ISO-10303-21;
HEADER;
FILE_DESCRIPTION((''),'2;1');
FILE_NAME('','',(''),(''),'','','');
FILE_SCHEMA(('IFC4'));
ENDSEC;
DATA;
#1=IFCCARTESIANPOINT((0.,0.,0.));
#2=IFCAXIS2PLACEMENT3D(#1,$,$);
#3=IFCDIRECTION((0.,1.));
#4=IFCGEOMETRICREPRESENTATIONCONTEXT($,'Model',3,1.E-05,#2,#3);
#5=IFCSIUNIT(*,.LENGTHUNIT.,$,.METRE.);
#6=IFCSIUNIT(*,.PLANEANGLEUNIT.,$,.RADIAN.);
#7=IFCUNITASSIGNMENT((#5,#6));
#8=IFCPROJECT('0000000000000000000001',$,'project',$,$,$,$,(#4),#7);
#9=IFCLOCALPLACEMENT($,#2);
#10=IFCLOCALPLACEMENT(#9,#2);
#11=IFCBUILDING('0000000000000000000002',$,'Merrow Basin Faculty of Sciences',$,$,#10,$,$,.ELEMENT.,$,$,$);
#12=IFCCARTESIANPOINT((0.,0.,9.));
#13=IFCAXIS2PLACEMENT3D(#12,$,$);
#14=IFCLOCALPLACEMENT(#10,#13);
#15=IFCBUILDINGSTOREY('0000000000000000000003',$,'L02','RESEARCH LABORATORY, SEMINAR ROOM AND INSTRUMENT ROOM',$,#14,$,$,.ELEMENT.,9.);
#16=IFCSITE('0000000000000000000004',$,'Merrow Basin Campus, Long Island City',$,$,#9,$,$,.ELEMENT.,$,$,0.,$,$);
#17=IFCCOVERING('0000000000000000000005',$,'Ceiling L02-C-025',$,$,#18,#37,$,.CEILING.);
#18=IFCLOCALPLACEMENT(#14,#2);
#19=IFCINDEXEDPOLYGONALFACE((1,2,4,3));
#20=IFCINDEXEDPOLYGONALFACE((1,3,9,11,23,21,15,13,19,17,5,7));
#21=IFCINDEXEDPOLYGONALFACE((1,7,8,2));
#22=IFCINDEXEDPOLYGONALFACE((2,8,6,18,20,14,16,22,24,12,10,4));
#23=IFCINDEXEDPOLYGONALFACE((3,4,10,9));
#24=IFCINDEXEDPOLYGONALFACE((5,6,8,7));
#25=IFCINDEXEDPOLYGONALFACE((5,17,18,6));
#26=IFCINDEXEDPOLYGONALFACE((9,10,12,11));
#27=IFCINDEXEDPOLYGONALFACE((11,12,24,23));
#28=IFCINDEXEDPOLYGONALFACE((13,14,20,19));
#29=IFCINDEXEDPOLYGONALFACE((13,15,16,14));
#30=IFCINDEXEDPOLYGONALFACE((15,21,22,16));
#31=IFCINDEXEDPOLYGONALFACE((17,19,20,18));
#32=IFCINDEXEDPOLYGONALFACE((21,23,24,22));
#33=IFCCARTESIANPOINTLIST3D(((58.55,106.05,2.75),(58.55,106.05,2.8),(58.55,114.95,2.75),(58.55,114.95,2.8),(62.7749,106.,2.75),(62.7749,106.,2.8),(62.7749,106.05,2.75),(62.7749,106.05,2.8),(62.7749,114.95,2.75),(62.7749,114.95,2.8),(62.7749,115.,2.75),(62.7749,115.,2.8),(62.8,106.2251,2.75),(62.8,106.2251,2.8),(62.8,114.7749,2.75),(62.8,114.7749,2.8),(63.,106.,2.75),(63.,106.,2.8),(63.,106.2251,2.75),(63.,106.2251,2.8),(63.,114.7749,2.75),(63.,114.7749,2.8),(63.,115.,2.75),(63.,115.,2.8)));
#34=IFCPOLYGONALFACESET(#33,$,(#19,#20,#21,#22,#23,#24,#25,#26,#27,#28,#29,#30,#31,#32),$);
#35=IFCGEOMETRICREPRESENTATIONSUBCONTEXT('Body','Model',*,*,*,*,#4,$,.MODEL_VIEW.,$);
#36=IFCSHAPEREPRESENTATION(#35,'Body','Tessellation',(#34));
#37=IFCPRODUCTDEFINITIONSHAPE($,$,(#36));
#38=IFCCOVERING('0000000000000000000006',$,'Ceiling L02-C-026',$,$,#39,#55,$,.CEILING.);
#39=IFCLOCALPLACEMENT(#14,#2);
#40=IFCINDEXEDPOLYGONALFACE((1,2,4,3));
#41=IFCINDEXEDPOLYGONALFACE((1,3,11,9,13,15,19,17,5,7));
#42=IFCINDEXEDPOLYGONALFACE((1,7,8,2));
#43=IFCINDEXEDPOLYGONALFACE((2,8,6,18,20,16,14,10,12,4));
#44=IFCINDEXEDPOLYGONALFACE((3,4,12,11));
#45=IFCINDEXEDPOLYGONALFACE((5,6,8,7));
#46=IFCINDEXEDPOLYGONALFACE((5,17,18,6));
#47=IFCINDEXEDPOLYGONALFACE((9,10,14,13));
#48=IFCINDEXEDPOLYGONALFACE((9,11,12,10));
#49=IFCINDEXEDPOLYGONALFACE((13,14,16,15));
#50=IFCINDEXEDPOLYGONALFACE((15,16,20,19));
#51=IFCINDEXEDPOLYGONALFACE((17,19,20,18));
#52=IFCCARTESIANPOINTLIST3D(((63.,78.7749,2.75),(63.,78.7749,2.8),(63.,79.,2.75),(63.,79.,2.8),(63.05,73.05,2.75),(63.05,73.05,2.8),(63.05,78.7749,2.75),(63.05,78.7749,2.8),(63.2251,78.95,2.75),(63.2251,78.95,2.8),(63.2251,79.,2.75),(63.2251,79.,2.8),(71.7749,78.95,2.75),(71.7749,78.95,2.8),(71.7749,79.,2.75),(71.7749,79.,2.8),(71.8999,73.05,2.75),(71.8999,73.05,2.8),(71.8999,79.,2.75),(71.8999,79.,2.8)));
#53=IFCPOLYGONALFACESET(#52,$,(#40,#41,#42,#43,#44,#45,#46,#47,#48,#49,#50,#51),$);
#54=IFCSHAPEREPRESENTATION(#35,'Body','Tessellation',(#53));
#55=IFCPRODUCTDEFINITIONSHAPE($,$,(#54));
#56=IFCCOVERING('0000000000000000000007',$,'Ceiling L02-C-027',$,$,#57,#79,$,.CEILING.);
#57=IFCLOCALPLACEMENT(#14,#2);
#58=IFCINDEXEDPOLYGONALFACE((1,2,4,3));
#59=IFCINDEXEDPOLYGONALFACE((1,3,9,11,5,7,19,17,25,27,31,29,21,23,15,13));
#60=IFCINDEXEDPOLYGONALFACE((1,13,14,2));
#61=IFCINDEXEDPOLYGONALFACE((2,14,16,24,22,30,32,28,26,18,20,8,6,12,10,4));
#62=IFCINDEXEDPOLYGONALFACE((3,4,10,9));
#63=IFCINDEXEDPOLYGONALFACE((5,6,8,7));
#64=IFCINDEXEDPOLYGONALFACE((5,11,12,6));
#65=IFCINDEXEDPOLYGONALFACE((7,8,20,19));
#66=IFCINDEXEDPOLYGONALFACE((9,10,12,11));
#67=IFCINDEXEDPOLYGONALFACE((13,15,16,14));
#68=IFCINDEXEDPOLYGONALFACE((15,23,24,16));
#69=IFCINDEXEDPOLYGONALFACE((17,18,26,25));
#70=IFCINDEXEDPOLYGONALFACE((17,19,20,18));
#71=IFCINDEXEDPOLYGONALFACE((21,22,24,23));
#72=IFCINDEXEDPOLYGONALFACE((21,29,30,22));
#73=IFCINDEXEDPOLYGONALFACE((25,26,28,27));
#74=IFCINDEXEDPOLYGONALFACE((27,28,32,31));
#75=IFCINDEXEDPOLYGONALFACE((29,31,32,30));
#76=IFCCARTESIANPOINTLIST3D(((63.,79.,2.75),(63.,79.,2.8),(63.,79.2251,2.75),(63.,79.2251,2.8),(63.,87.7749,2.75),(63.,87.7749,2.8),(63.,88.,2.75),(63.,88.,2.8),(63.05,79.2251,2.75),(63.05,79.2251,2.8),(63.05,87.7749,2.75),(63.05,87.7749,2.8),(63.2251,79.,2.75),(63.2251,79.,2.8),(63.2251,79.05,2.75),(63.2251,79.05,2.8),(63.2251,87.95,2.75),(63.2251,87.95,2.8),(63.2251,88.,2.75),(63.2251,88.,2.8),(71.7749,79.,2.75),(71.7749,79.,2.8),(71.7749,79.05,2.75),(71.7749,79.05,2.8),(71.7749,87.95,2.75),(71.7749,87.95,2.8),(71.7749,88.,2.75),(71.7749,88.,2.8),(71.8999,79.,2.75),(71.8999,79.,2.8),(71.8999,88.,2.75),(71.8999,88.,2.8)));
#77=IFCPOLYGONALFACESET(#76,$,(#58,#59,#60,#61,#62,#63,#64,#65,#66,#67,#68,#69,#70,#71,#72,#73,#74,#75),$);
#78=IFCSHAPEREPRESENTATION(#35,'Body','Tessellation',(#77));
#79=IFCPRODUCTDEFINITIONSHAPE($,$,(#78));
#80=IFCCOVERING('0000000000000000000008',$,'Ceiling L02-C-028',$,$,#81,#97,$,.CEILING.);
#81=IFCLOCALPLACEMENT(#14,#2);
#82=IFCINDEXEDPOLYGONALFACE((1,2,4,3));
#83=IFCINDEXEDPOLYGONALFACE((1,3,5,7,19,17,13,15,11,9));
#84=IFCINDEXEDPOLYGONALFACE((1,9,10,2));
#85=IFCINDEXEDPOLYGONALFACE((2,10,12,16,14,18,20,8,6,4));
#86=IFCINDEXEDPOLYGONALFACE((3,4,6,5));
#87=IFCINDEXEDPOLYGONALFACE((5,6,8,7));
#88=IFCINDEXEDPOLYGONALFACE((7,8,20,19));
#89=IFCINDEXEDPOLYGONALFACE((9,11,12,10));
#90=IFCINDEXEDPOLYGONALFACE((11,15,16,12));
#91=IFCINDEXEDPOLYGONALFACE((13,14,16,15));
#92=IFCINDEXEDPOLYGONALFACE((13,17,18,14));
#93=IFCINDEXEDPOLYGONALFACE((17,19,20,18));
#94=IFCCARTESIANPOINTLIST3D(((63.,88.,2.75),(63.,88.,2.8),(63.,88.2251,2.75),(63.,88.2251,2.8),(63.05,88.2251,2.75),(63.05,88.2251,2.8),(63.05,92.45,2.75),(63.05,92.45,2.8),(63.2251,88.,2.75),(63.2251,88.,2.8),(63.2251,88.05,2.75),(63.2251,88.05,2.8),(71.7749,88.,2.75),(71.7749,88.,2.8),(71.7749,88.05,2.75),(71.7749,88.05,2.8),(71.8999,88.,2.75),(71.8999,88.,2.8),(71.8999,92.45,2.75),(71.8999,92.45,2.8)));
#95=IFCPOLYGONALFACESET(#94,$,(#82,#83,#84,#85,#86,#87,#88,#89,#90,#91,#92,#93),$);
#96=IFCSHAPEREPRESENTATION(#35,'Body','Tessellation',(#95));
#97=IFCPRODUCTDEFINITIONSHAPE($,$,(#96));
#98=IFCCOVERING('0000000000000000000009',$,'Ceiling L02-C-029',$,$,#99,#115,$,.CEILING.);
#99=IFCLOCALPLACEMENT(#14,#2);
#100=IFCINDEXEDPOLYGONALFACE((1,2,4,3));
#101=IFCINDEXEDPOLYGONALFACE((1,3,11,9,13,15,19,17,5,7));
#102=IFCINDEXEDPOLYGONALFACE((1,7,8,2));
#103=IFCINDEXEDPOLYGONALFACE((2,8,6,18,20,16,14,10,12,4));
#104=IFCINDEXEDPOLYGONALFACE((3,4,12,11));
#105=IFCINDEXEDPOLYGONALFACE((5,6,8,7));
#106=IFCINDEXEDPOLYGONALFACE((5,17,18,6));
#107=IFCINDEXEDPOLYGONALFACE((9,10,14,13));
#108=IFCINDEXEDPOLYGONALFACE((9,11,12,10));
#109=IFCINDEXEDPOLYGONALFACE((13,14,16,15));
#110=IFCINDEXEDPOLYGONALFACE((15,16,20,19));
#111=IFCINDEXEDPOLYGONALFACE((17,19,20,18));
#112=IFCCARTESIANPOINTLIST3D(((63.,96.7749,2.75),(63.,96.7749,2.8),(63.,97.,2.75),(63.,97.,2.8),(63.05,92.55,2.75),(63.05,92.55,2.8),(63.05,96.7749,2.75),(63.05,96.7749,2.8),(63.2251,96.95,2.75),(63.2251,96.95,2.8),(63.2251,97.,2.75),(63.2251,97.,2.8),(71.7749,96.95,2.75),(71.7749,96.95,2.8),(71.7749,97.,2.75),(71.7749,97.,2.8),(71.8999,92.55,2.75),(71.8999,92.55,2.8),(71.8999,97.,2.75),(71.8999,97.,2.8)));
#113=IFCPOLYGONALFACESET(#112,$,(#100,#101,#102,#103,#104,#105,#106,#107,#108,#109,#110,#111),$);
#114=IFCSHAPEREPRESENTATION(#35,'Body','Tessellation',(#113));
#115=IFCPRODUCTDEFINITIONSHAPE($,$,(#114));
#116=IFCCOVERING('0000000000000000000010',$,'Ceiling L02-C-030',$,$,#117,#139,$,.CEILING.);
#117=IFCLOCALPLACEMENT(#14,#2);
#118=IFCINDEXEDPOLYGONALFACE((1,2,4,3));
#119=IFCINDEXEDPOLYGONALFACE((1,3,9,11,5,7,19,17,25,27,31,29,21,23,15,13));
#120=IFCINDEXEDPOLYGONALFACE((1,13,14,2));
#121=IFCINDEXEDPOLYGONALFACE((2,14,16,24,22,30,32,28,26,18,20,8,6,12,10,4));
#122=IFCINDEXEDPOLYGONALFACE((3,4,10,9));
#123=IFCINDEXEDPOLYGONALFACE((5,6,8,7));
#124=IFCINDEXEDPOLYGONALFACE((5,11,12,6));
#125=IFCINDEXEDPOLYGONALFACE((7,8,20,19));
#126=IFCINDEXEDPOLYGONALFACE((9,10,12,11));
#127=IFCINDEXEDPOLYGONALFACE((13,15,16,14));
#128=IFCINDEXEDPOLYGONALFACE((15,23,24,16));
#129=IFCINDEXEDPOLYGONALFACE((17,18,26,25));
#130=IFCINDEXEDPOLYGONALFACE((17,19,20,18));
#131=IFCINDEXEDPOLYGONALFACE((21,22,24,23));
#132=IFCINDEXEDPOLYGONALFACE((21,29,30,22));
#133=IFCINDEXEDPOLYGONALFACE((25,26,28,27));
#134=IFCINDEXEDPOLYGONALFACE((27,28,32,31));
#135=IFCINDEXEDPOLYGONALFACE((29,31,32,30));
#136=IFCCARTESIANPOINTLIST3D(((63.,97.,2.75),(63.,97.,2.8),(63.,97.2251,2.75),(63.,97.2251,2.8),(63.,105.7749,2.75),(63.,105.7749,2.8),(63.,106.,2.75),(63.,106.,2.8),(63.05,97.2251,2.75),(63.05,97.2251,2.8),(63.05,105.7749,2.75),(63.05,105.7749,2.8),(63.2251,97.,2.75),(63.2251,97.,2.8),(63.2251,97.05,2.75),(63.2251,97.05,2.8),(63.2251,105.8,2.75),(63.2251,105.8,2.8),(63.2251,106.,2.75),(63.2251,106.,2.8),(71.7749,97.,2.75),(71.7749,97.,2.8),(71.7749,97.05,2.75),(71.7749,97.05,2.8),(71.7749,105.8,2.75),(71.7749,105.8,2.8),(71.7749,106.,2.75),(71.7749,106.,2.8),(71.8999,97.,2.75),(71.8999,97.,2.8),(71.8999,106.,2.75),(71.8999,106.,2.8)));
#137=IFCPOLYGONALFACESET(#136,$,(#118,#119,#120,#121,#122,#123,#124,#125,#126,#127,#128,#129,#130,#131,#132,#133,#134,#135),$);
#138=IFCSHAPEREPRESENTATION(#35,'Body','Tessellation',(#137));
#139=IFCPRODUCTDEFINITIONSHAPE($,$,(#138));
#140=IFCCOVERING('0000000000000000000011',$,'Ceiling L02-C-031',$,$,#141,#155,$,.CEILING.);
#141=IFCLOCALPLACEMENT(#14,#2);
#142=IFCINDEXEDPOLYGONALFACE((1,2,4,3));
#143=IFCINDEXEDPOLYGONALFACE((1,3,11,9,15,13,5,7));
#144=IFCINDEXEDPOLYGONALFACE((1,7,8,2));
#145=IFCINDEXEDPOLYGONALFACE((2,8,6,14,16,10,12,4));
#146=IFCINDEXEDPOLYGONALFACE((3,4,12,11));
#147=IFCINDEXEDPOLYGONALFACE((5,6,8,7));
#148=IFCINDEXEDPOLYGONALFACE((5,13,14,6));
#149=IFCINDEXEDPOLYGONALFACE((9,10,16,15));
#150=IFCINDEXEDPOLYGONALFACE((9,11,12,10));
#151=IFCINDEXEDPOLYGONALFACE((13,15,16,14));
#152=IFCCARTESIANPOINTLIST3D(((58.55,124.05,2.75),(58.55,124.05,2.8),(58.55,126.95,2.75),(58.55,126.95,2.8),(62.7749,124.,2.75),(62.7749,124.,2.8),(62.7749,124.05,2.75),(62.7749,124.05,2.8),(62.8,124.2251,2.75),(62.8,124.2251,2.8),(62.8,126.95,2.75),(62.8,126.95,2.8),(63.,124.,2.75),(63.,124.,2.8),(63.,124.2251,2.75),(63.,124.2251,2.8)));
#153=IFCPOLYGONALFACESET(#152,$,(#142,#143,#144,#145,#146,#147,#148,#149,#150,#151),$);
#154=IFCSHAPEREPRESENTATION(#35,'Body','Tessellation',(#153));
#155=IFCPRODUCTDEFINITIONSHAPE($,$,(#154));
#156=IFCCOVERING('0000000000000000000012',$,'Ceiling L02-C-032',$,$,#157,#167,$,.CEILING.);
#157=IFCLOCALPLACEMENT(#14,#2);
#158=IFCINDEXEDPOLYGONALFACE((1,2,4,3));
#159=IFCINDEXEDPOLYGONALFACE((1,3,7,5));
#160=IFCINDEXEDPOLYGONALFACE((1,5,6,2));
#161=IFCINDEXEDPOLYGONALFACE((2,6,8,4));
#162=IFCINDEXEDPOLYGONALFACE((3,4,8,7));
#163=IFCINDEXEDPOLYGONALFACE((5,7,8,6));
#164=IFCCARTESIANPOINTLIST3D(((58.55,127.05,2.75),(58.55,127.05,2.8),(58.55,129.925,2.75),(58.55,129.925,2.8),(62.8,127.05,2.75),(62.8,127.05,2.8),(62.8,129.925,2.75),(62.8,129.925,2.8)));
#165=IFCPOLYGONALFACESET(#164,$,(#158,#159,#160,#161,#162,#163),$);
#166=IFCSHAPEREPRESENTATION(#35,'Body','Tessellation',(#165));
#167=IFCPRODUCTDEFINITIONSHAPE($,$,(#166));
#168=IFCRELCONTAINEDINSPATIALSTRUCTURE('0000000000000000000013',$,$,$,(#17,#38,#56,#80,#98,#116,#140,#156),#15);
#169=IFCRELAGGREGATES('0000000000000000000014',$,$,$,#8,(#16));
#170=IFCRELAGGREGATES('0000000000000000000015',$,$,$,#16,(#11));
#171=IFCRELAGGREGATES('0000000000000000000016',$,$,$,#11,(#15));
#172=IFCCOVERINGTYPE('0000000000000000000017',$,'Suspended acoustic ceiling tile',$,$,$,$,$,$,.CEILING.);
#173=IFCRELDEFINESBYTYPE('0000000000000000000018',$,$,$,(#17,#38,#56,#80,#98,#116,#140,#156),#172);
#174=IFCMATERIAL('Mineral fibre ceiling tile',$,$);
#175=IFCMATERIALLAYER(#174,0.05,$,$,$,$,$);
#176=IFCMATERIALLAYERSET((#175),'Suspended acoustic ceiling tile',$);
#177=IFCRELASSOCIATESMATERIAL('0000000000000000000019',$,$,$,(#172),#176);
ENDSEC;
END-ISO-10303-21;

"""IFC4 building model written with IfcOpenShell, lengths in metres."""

from ifc_helpers import new_model, si_unit, direction, frame, origin, place, context, subcontext, project, spatial, polyline, outline, extrude, material, layer, layer_set, type_object, element, save


model = new_model("IFC4")

# Units and contexts
model_context = context("Model", 3, precision=1e-05, world=origin(), true_north=direction((0.0, 1.0)))
body_context = subcontext(model_context, "Body", "Model", "MODEL_VIEW")
ifc_project = project(units=[si_unit("LENGTHUNIT", "METRE"), si_unit("PLANEANGLEUNIT", "RADIAN")], contexts=[model_context])

# Site, building, storey
site_placement = place(None, origin())
site = spatial("IfcSite", under=ifc_project, at=site_placement, Name="Merrow Basin Campus, Long Island City", CompositionType="ELEMENT", RefElevation=0.0)
building_placement = place(site_placement, origin())
building = spatial("IfcBuilding", under=site, at=building_placement, Name="Merrow Basin Faculty of Sciences", CompositionType="ELEMENT")
storey_placement = place(building_placement, frame((0.0, 0.0, 9.0)))
storey = spatial("IfcBuildingStorey", under=building, at=storey_placement, Name="L02", Description="RESEARCH LABORATORY, SEMINAR ROOM AND INSTRUMENT ROOM", CompositionType="ELEMENT", Elevation=9.0)

# Coverings
ifc_material_1 = material(Name="Mineral fibre ceiling tile")
ifc_layer_1 = layer(ifc_material_1, 0.05)
ifc_layer_set_1 = layer_set([ifc_layer_1], Name="Suspended acoustic ceiling tile")
covering_type_1 = type_object("IfcCoveringType", Name="Suspended acoustic ceiling tile", PredefinedType="CEILING", material=ifc_layer_set_1)
covering_1_placement = place(storey_placement, frame((0.0, 0.0, 2.75)))
element("IfcCovering", 1, at=covering_1_placement, inside=storey, type_object=covering_type_1, Name="Ceiling L02-C-025", PredefinedType="CEILING", context=body_context, shape_type="SweptSolid", body=[
    extrude(outline(polyline([(63.0, 115.0), (63.0, 114.7749), (62.8, 114.7749), (62.8, 106.2251), (63.0, 106.2251), (63.0, 106.0), (62.7749, 106.0), (62.7749, 106.05), (58.55, 106.05), (58.55, 114.95), (62.7749, 114.95), (62.7749, 115.0), (63.0, 115.0)])), origin(), (0.0, 0.0, 1.0), 0.05),
])
covering_2_placement = place(storey_placement, frame((0.0, 0.0, 2.75)))
element("IfcCovering", 2, at=covering_2_placement, inside=storey, type_object=covering_type_1, Name="Ceiling L02-C-026", PredefinedType="CEILING", context=body_context, shape_type="SweptSolid", body=[
    extrude(outline(polyline([(63.0, 79.0), (63.2251, 79.0), (63.2251, 78.95), (71.7749, 78.95), (71.7749, 79.0), (71.8999, 79.0), (71.8999, 73.05), (63.05, 73.05), (63.05, 78.7749), (63.0, 78.7749), (63.0, 79.0)])), origin(), (0.0, 0.0, 1.0), 0.05),
])
covering_3_placement = place(storey_placement, frame((0.0, 0.0, 2.75)))
element("IfcCovering", 3, at=covering_3_placement, inside=storey, type_object=covering_type_1, Name="Ceiling L02-C-027", PredefinedType="CEILING", context=body_context, shape_type="SweptSolid", body=[
    extrude(outline(polyline([(63.0, 79.2251), (63.05, 79.2251), (63.05, 87.7749), (63.0, 87.7749), (63.0, 88.0), (63.2251, 88.0), (63.2251, 87.95), (71.7749, 87.95), (71.7749, 88.0), (71.8999, 88.0), (71.8999, 79.0), (71.7749, 79.0), (71.7749, 79.05), (63.2251, 79.05), (63.2251, 79.0), (63.0, 79.0), (63.0, 79.2251)])), origin(), (0.0, 0.0, 1.0), 0.05),
])
covering_4_placement = place(storey_placement, frame((0.0, 0.0, 2.75)))
element("IfcCovering", 4, at=covering_4_placement, inside=storey, type_object=covering_type_1, Name="Ceiling L02-C-028", PredefinedType="CEILING", context=body_context, shape_type="SweptSolid", body=[
    extrude(outline(polyline([(63.0, 88.2251), (63.05, 88.2251), (63.05, 92.45), (71.8999, 92.45), (71.8999, 88.0), (71.7749, 88.0), (71.7749, 88.05), (63.2251, 88.05), (63.2251, 88.0), (63.0, 88.0), (63.0, 88.2251)])), origin(), (0.0, 0.0, 1.0), 0.05),
])
covering_5_placement = place(storey_placement, frame((0.0, 0.0, 2.75)))
element("IfcCovering", 5, at=covering_5_placement, inside=storey, type_object=covering_type_1, Name="Ceiling L02-C-029", PredefinedType="CEILING", context=body_context, shape_type="SweptSolid", body=[
    extrude(outline(polyline([(63.0, 97.0), (63.2251, 97.0), (63.2251, 96.95), (71.7749, 96.95), (71.7749, 97.0), (71.8999, 97.0), (71.8999, 92.55), (63.05, 92.55), (63.05, 96.7749), (63.0, 96.7749), (63.0, 97.0)])), origin(), (0.0, 0.0, 1.0), 0.05),
])
covering_6_placement = place(storey_placement, frame((0.0, 0.0, 2.75)))
element("IfcCovering", 6, at=covering_6_placement, inside=storey, type_object=covering_type_1, Name="Ceiling L02-C-030", PredefinedType="CEILING", context=body_context, shape_type="SweptSolid", body=[
    extrude(outline(polyline([(63.0, 97.2251), (63.05, 97.2251), (63.05, 105.7749), (63.0, 105.7749), (63.0, 106.0), (63.2251, 106.0), (63.2251, 105.8), (71.7749, 105.8), (71.7749, 106.0), (71.8999, 106.0), (71.8999, 97.0), (71.7749, 97.0), (71.7749, 97.05), (63.2251, 97.05), (63.2251, 97.0), (63.0, 97.0), (63.0, 97.2251)])), origin(), (0.0, 0.0, 1.0), 0.05),
])
covering_7_placement = place(storey_placement, frame((0.0, 0.0, 2.75)))
element("IfcCovering", 7, at=covering_7_placement, inside=storey, type_object=covering_type_1, Name="Ceiling L02-C-031", PredefinedType="CEILING", context=body_context, shape_type="SweptSolid", body=[
    extrude(outline(polyline([(63.0, 124.0), (62.7749, 124.0), (62.7749, 124.05), (58.55, 124.05), (58.55, 126.95), (62.8, 126.95), (62.8, 124.2251), (63.0, 124.2251), (63.0, 124.0)])), origin(), (0.0, 0.0, 1.0), 0.05),
])
covering_8_placement = place(storey_placement, frame((0.0, 0.0, 2.75)))
element("IfcCovering", 8, at=covering_8_placement, inside=storey, type_object=covering_type_1, Name="Ceiling L02-C-032", PredefinedType="CEILING", context=body_context, shape_type="SweptSolid", body=[
    extrude(outline(polyline([(58.55, 127.05), (58.55, 129.925), (62.8, 129.925), (62.8, 127.05), (58.55, 127.05)])), origin(), (0.0, 0.0, 1.0), 0.05),
])

save(model, "model.ifc")
